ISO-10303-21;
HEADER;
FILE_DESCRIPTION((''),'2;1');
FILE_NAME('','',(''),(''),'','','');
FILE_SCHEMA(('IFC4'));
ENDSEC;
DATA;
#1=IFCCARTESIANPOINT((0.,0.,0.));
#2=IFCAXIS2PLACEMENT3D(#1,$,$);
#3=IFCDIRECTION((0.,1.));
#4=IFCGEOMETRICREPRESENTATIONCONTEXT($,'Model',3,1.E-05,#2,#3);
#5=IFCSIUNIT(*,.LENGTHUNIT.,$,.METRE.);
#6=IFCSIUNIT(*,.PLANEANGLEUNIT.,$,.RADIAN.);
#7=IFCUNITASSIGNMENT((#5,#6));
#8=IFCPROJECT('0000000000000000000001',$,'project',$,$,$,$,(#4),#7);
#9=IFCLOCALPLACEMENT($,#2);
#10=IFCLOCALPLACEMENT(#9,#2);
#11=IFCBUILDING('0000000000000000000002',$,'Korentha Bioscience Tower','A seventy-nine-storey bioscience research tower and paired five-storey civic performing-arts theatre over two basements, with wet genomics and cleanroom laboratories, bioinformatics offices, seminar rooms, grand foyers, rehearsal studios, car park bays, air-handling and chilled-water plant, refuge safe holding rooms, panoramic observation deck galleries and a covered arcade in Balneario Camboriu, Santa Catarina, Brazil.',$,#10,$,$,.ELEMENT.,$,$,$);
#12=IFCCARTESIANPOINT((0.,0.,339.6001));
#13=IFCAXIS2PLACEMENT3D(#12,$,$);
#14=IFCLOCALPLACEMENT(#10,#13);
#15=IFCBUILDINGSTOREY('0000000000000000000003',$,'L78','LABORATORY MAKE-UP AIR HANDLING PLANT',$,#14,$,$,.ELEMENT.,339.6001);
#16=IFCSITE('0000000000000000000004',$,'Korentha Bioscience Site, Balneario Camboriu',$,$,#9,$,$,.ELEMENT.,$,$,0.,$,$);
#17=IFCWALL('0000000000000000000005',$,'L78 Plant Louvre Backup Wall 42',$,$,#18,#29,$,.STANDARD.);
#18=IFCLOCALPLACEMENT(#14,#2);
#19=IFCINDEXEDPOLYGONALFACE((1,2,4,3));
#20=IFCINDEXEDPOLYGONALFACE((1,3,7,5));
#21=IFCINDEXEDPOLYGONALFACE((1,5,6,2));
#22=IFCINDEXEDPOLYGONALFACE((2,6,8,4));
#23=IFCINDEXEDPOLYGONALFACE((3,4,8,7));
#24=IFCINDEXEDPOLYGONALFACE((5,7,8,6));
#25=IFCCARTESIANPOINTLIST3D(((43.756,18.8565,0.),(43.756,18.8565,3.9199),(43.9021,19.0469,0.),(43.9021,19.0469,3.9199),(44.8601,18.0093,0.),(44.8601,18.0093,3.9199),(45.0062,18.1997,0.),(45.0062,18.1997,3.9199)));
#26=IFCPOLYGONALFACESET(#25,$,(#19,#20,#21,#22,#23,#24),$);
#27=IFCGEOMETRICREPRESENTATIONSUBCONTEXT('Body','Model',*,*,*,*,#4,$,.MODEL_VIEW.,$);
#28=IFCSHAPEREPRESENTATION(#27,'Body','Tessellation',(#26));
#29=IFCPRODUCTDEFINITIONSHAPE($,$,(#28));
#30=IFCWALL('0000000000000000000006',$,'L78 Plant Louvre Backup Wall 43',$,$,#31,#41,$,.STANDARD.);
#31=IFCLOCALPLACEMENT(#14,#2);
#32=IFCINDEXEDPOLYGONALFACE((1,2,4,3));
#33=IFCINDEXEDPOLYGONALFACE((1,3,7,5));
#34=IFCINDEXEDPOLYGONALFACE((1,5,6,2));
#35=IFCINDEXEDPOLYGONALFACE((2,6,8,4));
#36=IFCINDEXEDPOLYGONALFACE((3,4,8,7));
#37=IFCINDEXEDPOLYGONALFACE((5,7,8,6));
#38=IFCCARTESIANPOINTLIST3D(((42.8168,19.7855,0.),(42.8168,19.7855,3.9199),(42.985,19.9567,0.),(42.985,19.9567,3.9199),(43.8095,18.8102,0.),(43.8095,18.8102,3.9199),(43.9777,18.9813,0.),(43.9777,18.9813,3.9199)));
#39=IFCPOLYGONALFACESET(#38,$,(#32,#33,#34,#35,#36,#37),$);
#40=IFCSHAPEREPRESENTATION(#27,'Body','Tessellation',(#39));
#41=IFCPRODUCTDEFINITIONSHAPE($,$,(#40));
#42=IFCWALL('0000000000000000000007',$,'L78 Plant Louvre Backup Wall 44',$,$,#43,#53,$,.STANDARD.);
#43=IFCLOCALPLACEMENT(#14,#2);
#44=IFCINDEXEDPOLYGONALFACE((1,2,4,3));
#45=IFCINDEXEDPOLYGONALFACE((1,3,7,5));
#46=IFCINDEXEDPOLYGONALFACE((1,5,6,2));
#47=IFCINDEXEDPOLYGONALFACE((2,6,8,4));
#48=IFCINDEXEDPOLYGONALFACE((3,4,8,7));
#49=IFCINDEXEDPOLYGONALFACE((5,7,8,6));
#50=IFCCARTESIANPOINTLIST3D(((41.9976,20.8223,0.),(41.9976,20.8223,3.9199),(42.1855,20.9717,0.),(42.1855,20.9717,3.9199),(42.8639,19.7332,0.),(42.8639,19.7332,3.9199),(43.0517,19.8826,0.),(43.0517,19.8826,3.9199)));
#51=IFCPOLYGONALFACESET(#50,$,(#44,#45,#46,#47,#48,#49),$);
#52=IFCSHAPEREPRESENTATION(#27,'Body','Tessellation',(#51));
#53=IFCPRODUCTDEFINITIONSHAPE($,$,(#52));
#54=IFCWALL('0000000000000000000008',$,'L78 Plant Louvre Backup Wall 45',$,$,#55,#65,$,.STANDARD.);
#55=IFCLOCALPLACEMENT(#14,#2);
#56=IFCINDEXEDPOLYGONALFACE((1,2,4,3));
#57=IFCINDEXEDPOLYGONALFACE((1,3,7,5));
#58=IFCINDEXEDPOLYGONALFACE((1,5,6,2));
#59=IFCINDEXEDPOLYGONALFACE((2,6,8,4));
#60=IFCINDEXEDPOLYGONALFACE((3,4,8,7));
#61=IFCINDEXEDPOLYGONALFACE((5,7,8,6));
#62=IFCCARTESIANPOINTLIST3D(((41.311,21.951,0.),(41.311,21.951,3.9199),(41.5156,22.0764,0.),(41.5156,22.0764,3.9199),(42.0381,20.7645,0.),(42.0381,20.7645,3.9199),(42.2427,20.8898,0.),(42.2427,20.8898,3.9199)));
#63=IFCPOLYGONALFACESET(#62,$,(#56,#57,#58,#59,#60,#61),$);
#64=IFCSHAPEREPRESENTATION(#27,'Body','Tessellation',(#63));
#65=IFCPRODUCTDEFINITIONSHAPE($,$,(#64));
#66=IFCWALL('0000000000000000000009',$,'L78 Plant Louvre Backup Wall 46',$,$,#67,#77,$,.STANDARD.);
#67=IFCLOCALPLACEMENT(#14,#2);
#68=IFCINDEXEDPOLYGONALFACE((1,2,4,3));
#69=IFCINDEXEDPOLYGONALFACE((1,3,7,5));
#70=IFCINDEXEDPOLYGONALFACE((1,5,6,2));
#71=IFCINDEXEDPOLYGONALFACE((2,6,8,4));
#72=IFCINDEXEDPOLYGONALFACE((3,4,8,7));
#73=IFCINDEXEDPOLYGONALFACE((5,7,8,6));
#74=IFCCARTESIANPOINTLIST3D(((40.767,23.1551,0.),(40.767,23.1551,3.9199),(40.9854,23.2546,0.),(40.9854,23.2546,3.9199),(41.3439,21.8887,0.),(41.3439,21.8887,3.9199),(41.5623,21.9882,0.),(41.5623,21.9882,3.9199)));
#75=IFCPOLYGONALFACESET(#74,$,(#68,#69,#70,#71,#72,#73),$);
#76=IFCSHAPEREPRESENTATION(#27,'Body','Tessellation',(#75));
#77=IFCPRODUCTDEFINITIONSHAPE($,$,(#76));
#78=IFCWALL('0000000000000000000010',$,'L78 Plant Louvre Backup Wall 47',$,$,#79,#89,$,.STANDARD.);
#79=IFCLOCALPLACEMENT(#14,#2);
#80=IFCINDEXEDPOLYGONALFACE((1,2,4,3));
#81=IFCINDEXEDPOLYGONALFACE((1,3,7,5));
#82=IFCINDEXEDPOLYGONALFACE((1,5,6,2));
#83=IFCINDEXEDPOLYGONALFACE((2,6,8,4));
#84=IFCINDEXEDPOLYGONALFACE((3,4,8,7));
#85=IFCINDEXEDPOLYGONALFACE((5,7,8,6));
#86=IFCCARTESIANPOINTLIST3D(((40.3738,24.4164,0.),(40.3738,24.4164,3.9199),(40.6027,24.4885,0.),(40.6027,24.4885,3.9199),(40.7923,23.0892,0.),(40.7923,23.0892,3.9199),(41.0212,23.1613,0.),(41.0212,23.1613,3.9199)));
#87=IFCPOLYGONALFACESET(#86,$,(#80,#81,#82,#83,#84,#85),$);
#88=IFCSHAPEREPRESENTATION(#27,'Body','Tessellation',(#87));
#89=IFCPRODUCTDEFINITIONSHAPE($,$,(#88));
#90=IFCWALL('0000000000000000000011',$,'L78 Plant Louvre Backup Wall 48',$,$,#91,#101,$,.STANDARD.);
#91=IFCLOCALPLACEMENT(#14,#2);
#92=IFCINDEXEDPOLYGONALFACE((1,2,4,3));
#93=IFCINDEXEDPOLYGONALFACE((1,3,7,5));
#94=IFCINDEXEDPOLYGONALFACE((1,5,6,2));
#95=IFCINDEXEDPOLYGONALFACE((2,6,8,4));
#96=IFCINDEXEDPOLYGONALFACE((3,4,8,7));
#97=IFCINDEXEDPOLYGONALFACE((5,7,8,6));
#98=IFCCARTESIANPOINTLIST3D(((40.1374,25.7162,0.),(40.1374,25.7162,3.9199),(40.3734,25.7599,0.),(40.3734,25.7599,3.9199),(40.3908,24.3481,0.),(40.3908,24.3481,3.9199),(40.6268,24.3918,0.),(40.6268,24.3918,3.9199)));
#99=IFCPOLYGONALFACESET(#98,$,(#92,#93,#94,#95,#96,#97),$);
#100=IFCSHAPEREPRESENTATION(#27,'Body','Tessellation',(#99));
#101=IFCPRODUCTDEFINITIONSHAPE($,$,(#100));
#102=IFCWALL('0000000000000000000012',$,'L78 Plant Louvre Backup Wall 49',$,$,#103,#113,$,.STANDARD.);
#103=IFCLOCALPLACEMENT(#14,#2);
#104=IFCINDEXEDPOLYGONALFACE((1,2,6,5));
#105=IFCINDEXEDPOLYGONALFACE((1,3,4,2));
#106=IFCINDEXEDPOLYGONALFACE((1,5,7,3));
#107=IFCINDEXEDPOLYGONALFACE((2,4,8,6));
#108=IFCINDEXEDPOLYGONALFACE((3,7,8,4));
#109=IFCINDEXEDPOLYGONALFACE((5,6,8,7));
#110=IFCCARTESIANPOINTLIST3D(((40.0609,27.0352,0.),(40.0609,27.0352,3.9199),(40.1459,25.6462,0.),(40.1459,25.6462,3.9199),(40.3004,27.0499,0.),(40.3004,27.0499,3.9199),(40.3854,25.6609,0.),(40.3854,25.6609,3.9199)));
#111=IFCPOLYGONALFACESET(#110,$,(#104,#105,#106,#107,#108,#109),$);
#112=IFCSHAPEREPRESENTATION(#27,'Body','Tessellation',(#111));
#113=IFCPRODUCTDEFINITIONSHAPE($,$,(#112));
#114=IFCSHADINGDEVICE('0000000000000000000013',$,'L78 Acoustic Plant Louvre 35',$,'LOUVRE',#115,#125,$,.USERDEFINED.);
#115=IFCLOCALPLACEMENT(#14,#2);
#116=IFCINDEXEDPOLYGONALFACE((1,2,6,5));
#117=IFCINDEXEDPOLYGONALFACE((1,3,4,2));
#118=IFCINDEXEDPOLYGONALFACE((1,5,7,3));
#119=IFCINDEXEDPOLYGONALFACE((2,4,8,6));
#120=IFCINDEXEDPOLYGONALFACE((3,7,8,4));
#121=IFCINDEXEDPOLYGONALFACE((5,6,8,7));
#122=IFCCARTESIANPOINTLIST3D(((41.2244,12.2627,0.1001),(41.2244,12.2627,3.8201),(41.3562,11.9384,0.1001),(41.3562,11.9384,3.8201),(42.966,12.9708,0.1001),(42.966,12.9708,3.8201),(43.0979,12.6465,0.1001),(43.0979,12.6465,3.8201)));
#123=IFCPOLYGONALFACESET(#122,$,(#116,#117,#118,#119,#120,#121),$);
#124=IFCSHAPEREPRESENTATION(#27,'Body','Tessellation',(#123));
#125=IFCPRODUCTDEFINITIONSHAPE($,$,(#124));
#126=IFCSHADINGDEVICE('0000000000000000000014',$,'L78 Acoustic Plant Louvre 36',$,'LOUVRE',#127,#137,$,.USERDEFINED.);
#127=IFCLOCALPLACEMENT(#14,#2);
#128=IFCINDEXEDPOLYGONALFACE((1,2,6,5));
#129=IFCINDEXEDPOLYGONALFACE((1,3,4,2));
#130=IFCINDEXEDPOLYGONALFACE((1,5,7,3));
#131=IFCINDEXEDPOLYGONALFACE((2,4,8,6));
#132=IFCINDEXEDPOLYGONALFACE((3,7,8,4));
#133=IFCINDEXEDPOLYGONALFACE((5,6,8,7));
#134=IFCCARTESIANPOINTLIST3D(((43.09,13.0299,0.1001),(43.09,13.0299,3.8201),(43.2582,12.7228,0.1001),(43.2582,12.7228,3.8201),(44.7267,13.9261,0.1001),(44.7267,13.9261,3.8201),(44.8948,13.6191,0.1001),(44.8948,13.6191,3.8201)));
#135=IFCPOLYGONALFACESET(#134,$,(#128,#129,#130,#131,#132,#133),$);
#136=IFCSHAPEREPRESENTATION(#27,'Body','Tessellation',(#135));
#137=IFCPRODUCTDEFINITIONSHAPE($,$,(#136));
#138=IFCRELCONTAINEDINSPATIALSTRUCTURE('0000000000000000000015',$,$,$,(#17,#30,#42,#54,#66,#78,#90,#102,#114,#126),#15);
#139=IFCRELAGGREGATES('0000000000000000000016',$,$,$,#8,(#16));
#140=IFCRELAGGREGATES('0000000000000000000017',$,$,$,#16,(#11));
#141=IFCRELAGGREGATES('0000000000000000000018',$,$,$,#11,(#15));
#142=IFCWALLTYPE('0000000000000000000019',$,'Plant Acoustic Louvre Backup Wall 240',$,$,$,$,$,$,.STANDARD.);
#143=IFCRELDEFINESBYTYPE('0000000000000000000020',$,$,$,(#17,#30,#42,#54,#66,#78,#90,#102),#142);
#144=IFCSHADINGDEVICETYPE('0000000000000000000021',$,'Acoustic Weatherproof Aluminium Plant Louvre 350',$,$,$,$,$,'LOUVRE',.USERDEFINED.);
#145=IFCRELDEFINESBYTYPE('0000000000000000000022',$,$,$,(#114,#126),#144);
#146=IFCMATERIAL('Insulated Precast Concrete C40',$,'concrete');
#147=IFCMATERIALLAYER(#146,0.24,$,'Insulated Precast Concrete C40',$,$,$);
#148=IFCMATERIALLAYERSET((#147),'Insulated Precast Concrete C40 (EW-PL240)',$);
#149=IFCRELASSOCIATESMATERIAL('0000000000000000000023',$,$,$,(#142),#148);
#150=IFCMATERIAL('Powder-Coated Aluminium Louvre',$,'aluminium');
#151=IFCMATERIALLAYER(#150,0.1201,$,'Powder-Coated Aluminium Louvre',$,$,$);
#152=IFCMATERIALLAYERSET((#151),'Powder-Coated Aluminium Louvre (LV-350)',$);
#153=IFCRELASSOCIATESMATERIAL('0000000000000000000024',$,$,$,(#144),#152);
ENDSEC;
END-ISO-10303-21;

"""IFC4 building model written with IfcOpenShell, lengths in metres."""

from ifc_helpers import new_model, si_unit, direction, frame, frame_2d, origin, origin_2d, place, context, subcontext, project, spatial, rectangle, extrude, material, layer, layer_set, type_object, element, save


model = new_model("IFC4")

# Units and contexts
model_context = context("Model", 3, precision=1e-05, world=origin(), true_north=direction((0.0, 1.0)))
body_context = subcontext(model_context, "Body", "Model", "MODEL_VIEW")
ifc_project = project(units=[si_unit("LENGTHUNIT", "METRE"), si_unit("PLANEANGLEUNIT", "RADIAN")], contexts=[model_context])

# Site, building, storey
site_placement = place(None, origin())
site = spatial("IfcSite", under=ifc_project, at=site_placement, Name="Korentha Bioscience Site, Balneario Camboriu", CompositionType="ELEMENT", RefElevation=0.0)
building_placement = place(site_placement, origin())
building = spatial("IfcBuilding", under=site, at=building_placement, Name="Korentha Bioscience Tower", Description="A seventy-nine-storey bioscience research tower and paired five-storey civic performing-arts theatre over two basements, with wet genomics and cleanroom laboratories, bioinformatics offices, seminar rooms, grand foyers, rehearsal studios, car park bays, air-handling and chilled-water plant, refuge safe holding rooms, panoramic observation deck galleries and a covered arcade in Balneario Camboriu, Santa Catarina, Brazil.", CompositionType="ELEMENT")
storey_placement = place(building_placement, frame((0.0, 0.0, 339.6001)))
storey = spatial("IfcBuildingStorey", under=building, at=storey_placement, Name="L78", Description="LABORATORY MAKE-UP AIR HANDLING PLANT", CompositionType="ELEMENT", Elevation=339.6001)

# Walls
ifc_material_1 = material(Name="Insulated Precast Concrete C40", Category="concrete")
ifc_layer_1 = layer(ifc_material_1, 0.24, Name="Insulated Precast Concrete C40")
ifc_layer_set_1 = layer_set([ifc_layer_1], Name="Insulated Precast Concrete C40 (EW-PL240)")
wall_type = type_object("IfcWallType", Name="Plant Acoustic Louvre Backup Wall 240", PredefinedType="STANDARD", material=ifc_layer_set_1)
for number, where, z_axis, x_axis, name in (
    (1, (44.9331, 18.1045, 0.0), (0.0, 0.0, 1.0), (-0.793341, 0.608778, 0.0), "L78 Plant Louvre Backup Wall 42"),
    (2, (43.8936, 18.8958, 0.0), (0.0, 0.0, 1.0), (-0.713307, 0.700852, 0.0), "L78 Plant Louvre Backup Wall 43"),
    (3, (42.9578, 19.8079, 0.0), (0.0, 0.0, 1.0), (-0.622467, 0.782646, 0.0), "L78 Plant Louvre Backup Wall 44"),
    (4, (42.1404, 20.8271, 0.0), (0.0, 0.0, 1.0), (-0.522472, 0.852657, 0.0), "L78 Plant Louvre Backup Wall 45"),
    (5, (41.4531, 21.9385, 0.0), (0.0, 0.0, 1.0), (-0.414569, 0.910018, 0.0), "L78 Plant Louvre Backup Wall 46"),
    (6, (40.9067, 23.1252, 0.0), (0.0, 0.0, 1.0), (-0.300712, 0.953715, 0.0), "L78 Plant Louvre Backup Wall 47"),
):
    element("IfcWall", number, at=place(storey_placement, frame(where, z_axis=z_axis, x_axis=x_axis)), inside=storey, type_object=wall_type, Name=name, PredefinedType="STANDARD", context=body_context, shape_type="SweptSolid", body=[
        extrude(rectangle(XDim=1.3916, YDim=0.24, at=frame_2d((0.6958, 0.0))), origin(), (0.0, 0.0, 1.0), 3.9199),
    ])
wall_1_placement = place(storey_placement, frame((40.5088, 24.3699, 0.0), z_axis=(0.0, 0.0, 1.0), x_axis=(-0.182127, 0.983275, 0.0)))
element("IfcWall", 7, at=wall_1_placement, inside=storey, type_object=wall_type, Name="L78 Plant Louvre Backup Wall 48", PredefinedType="STANDARD", context=body_context, shape_type="SweptSolid", body=[
    extrude(rectangle(XDim=1.3914, YDim=0.24, at=frame_2d((0.6958, 0.0))), origin(), (0.0, 0.0, 1.0), 3.9199),
])
wall_2_placement = place(storey_placement, frame((40.2656, 25.6536, 0.0), z_axis=(0.0, 0.0, 1.0), x_axis=(-0.061057, 0.998134, 0.0)))
element("IfcWall", 8, at=wall_2_placement, inside=storey, type_object=wall_type, Name="L78 Plant Louvre Backup Wall 49", PredefinedType="STANDARD", context=body_context, shape_type="SweptSolid", body=[
    extrude(rectangle(XDim=1.3916, YDim=0.24, at=frame_2d((0.6958, 0.0))), origin(), (0.0, 0.0, 1.0), 3.9199),
])

# Shading devices
ifc_material_2 = material(Name="Powder-Coated Aluminium Louvre", Category="aluminium")
ifc_layer_2 = layer(ifc_material_2, 0.1201, Name="Powder-Coated Aluminium Louvre")
ifc_layer_set_2 = layer_set([ifc_layer_2], Name="Powder-Coated Aluminium Louvre (LV-350)")
shading_device_type = type_object("IfcShadingDeviceType", Name="Acoustic Weatherproof Aluminium Plant Louvre 350", ElementType="LOUVRE", PredefinedType="USERDEFINED", material=ifc_layer_set_2)
shading_device_1_placement = place(storey_placement, frame((42.1611, 12.4546, 0.1001), z_axis=(0.0, 0.0, 1.0), x_axis=(0.926359, 0.376641, 0.0)))
element("IfcShadingDevice", 9, at=shading_device_1_placement, inside=storey, type_object=shading_device_type, Name="L78 Acoustic Plant Louvre 35", ObjectType="LOUVRE", PredefinedType="USERDEFINED", context=body_context, shape_type="SweptSolid", body=[
    extrude(rectangle(XDim=1.8801, YDim=0.3501, at=origin_2d()), origin(), (0.0, 0.0, 1.0), 3.72),
])
shading_device_2_placement = place(storey_placement, frame((43.9924, 13.3245, 0.1001), z_axis=(0.0, 0.0, 1.0), x_axis=(0.877089, 0.480328, 0.0)))
element("IfcShadingDevice", 10, at=shading_device_2_placement, inside=storey, type_object=shading_device_type, Name="L78 Acoustic Plant Louvre 36", ObjectType="LOUVRE", PredefinedType="USERDEFINED", context=body_context, shape_type="SweptSolid", body=[
    extrude(rectangle(XDim=1.866, YDim=0.3501, at=origin_2d()), origin(), (0.0, 0.0, 1.0), 3.72),
])

save(model, "model.ifc")
